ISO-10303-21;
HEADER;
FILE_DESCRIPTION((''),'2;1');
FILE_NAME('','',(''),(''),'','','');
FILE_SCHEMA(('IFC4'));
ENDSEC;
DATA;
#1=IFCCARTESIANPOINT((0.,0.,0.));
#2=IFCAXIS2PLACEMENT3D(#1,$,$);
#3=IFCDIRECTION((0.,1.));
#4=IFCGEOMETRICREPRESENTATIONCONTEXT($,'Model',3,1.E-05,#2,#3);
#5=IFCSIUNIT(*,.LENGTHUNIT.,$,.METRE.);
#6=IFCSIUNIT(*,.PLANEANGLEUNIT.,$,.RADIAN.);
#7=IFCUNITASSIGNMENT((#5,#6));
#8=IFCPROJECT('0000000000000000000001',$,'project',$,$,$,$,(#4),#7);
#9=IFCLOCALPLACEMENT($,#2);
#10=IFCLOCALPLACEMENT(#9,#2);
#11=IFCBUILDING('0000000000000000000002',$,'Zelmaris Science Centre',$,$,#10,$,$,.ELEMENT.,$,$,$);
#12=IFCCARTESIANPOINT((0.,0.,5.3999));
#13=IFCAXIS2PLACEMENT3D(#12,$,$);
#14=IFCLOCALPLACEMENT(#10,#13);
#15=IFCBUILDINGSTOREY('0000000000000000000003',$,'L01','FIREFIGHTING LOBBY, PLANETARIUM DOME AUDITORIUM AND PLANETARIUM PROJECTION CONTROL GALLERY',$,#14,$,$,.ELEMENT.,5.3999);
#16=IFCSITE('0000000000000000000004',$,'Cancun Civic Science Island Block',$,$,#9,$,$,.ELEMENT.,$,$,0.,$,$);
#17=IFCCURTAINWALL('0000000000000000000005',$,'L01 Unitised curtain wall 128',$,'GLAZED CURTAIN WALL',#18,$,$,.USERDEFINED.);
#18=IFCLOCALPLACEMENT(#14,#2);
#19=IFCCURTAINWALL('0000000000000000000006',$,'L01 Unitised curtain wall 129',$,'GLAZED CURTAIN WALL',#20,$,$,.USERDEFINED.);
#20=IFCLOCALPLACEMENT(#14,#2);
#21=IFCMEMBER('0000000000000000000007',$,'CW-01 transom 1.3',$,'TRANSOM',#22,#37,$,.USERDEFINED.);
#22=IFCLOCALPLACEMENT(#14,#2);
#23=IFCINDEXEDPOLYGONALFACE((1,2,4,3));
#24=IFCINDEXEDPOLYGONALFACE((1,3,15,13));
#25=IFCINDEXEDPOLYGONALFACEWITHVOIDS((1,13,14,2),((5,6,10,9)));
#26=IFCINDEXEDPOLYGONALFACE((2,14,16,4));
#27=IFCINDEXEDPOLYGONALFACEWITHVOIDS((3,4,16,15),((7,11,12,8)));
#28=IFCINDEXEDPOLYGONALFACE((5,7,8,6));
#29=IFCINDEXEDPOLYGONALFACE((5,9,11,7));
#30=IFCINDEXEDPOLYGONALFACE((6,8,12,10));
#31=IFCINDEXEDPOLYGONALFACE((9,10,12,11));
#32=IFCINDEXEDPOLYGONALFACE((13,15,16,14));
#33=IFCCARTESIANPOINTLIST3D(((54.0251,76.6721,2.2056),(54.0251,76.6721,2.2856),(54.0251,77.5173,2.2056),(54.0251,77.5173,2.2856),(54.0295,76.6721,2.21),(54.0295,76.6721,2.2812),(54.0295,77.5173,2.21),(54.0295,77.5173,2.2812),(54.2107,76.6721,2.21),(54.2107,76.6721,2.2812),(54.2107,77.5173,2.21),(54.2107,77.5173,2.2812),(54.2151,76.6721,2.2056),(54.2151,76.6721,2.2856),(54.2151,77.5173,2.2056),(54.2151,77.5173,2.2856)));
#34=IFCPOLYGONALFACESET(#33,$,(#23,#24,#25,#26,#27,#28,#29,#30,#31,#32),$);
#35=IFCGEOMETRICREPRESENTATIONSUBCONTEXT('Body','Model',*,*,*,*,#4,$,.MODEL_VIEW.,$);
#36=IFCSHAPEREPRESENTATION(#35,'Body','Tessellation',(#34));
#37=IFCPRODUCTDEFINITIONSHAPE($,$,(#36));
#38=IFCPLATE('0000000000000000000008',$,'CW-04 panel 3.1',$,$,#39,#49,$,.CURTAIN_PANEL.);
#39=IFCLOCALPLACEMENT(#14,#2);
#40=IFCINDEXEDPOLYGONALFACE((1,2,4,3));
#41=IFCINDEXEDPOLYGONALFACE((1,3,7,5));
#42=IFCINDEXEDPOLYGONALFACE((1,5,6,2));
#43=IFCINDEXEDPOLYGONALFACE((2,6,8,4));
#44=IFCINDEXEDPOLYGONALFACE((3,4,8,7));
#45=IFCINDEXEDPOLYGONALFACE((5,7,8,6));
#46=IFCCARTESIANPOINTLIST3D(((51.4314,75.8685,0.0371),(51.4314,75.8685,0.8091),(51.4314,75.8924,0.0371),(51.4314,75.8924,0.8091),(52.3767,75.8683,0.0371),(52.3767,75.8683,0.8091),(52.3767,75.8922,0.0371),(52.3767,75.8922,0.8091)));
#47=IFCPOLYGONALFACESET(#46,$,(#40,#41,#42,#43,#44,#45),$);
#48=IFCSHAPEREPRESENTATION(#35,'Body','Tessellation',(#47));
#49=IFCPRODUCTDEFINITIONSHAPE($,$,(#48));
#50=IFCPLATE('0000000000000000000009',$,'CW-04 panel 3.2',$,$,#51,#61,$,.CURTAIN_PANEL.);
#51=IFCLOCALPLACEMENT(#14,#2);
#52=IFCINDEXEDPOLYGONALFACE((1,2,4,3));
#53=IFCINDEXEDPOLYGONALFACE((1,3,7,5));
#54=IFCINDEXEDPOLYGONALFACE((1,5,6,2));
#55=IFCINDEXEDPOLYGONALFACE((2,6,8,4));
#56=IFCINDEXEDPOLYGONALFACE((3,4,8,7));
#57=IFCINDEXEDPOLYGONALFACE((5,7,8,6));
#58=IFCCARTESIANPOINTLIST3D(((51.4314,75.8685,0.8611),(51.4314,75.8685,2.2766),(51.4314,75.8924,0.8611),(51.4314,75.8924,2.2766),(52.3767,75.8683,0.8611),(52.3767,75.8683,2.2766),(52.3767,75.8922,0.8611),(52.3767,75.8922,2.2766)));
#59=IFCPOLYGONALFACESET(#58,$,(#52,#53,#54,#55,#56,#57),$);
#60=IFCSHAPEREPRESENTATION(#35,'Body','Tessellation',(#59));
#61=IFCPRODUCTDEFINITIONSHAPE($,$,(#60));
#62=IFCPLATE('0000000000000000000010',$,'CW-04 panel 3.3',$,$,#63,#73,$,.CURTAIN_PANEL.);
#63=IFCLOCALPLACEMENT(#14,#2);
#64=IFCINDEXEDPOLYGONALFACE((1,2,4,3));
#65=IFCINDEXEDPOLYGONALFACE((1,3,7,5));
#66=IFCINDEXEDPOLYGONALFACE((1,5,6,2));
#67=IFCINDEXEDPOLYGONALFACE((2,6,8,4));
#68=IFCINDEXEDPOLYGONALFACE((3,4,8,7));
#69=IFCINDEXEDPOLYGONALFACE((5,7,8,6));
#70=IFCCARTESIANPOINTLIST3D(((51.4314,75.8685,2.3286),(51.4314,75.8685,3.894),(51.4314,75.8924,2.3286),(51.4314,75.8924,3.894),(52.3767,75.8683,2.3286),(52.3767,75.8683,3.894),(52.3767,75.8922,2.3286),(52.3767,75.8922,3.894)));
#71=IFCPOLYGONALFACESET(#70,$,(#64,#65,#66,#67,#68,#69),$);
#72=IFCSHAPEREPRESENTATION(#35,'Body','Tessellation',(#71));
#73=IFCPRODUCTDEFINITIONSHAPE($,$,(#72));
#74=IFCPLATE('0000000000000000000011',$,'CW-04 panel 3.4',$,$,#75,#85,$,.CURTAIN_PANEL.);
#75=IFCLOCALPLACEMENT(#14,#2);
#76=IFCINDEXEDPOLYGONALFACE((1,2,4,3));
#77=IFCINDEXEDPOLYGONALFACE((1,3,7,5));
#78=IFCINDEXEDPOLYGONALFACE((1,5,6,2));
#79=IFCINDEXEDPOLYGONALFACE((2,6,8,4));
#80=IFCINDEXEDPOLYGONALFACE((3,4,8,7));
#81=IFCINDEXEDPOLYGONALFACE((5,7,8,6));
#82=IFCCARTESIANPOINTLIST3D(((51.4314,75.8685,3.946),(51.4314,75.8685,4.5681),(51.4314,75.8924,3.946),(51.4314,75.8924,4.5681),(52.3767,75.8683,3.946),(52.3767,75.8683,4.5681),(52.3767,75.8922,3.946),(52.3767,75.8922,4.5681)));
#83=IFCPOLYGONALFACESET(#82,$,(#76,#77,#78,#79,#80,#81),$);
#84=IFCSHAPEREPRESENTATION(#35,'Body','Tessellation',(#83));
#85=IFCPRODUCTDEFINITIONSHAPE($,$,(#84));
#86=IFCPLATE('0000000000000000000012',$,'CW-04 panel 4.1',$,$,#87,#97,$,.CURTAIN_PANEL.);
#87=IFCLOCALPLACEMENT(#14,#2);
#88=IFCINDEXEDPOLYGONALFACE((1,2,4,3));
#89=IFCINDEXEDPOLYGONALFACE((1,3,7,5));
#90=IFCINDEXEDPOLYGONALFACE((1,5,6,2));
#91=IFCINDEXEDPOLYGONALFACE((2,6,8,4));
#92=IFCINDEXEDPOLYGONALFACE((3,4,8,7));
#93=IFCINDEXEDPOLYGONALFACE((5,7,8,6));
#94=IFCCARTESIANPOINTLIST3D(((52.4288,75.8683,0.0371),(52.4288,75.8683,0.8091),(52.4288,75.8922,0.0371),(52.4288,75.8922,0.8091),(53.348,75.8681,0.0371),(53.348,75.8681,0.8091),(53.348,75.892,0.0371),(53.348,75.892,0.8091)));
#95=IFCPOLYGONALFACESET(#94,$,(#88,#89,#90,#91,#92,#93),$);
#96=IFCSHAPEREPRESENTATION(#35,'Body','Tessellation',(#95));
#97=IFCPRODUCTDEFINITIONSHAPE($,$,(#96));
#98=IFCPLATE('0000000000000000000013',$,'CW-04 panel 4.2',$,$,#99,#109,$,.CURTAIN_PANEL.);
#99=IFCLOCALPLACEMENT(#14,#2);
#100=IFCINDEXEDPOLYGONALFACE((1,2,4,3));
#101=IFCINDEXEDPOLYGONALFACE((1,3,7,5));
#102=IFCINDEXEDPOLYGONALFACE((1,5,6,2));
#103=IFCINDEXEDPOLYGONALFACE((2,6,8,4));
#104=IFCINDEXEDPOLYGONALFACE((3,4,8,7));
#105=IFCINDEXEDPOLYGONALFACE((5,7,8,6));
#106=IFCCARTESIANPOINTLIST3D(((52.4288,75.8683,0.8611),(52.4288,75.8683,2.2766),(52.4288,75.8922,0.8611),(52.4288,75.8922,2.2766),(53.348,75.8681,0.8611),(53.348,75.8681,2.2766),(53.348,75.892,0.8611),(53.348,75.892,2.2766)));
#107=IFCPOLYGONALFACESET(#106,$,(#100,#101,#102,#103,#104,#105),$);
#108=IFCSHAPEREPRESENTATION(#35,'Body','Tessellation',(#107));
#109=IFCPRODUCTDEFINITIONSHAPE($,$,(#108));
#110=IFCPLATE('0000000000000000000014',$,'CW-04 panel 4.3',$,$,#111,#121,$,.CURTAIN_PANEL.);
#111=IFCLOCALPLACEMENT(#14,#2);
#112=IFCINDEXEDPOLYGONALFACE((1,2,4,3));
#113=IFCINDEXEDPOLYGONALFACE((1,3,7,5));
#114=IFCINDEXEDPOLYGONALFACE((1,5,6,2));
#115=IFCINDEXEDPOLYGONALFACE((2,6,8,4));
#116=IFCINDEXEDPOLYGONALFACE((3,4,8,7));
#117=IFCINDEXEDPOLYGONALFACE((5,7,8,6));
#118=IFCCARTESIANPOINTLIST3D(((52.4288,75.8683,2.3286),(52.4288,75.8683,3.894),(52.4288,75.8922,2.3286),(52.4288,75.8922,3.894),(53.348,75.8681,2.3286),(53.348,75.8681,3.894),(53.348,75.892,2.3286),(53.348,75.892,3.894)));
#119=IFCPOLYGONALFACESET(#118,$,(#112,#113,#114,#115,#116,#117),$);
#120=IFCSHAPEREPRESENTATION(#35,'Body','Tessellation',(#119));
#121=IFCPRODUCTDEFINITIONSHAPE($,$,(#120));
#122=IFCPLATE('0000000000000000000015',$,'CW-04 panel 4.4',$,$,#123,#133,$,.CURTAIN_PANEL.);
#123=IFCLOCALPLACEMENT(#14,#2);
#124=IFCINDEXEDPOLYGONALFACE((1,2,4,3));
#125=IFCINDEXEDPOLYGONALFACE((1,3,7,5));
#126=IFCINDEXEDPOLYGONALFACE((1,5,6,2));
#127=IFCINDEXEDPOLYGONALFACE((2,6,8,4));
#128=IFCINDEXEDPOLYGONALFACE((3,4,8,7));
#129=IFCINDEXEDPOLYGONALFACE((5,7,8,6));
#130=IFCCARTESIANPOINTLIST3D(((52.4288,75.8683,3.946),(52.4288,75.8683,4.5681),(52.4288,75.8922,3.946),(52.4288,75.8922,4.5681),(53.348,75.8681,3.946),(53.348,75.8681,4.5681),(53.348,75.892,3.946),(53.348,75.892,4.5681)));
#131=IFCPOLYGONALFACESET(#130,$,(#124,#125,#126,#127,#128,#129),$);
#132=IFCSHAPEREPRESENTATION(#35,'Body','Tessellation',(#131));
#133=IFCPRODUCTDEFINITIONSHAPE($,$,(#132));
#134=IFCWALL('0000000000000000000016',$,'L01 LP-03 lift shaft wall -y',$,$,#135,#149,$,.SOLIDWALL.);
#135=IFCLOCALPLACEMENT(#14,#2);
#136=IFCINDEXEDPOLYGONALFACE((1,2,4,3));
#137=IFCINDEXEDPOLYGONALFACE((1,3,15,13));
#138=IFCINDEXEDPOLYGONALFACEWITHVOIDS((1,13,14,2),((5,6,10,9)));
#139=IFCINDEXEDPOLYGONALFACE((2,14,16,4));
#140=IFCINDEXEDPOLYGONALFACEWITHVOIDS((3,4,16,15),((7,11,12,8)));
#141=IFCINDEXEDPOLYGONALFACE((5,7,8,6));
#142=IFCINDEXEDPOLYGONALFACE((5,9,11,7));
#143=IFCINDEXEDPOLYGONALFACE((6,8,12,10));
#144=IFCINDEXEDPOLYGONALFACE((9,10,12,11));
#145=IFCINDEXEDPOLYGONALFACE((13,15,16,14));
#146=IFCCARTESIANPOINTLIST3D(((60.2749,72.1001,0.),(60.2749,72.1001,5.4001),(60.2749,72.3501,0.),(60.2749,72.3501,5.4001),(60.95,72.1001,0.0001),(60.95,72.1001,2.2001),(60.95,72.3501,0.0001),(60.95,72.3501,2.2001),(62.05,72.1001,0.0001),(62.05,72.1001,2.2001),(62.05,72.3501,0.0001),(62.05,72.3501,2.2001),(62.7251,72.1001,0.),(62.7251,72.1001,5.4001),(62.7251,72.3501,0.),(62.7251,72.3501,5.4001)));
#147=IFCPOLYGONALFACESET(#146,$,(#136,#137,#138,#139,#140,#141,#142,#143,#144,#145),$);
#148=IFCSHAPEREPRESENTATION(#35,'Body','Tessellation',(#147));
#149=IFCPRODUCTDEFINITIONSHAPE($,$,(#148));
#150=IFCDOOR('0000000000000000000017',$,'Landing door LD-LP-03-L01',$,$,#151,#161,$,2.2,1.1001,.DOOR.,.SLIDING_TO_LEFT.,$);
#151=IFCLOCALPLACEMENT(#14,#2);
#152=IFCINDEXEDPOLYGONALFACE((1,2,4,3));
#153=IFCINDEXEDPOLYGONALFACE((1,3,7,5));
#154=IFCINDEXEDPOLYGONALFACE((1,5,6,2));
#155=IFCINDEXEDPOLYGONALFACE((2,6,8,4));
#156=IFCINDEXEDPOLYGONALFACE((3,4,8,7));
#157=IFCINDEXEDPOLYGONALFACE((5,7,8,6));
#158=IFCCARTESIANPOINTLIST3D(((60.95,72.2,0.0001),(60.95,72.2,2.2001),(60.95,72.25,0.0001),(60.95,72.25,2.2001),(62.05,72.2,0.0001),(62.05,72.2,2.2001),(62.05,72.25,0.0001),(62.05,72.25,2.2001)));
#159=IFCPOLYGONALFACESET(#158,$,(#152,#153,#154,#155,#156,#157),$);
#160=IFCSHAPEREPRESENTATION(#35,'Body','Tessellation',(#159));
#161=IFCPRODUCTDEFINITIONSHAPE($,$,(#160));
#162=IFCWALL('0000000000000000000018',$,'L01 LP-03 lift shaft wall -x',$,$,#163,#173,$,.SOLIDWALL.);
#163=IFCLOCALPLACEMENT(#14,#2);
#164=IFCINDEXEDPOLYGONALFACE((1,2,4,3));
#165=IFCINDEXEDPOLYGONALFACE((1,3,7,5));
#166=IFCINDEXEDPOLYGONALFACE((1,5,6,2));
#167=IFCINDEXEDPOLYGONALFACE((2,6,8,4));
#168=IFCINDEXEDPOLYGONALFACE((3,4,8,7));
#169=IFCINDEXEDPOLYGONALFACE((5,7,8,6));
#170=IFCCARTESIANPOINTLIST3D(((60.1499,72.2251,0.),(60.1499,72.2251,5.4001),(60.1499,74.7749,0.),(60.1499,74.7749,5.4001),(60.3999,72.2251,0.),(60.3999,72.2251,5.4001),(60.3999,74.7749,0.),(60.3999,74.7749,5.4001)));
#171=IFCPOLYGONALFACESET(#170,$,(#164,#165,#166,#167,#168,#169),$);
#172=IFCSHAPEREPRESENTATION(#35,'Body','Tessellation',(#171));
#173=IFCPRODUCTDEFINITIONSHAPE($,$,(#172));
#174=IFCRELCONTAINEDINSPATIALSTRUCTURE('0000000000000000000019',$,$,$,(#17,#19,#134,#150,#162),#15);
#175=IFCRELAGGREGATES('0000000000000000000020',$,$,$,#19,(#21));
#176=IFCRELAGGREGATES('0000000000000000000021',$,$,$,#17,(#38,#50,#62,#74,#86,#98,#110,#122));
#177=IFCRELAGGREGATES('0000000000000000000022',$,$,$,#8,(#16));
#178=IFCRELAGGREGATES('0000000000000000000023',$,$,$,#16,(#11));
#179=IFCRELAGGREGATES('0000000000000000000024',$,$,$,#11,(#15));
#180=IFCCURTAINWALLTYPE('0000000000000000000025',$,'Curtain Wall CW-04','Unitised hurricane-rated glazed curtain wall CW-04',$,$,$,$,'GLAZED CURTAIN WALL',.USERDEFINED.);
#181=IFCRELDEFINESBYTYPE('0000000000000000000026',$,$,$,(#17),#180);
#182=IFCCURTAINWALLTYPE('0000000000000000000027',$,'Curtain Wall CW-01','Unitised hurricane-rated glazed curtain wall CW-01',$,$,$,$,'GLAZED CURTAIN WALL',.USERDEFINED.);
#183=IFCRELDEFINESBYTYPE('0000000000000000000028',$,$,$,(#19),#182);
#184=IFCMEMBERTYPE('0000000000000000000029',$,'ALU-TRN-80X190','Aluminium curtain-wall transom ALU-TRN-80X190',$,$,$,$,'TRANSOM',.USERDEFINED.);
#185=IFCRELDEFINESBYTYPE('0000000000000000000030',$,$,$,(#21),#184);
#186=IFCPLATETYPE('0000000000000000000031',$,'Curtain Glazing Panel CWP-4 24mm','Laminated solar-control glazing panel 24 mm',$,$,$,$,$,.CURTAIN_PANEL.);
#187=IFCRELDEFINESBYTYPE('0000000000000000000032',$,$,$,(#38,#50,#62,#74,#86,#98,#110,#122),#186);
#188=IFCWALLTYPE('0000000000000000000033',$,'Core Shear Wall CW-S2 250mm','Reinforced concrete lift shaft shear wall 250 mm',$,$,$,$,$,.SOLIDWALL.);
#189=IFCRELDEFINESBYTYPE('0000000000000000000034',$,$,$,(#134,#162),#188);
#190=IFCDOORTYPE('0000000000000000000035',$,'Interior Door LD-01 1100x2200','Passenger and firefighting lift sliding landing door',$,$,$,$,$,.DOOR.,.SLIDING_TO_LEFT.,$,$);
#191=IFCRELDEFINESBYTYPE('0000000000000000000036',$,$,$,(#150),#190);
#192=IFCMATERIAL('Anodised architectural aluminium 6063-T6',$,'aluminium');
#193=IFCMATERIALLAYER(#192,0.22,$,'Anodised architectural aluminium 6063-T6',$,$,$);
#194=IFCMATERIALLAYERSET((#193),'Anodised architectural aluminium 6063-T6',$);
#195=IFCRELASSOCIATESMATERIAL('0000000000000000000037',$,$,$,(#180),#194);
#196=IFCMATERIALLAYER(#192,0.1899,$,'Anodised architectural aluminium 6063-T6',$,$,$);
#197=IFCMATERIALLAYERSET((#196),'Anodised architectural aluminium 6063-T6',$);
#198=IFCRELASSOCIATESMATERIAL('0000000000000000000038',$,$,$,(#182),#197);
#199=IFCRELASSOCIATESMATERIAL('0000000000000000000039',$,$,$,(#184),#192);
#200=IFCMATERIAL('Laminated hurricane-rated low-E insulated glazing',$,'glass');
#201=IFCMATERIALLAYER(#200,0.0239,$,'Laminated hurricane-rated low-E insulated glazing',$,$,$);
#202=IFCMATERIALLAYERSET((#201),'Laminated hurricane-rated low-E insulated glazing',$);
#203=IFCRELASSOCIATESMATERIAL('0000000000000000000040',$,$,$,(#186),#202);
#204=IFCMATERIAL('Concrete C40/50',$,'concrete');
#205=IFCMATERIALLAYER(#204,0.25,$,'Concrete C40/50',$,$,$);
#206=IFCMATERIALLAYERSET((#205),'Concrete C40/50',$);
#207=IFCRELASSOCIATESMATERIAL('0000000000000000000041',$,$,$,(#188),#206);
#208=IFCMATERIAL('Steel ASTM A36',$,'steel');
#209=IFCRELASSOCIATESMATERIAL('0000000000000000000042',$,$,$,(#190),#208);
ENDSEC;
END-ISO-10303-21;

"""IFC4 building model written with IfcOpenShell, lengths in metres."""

from ifc_helpers import new_model, si_unit, direction, frame, frame_2d, origin, origin_2d, place, context, subcontext, project, spatial, rectangle, hollow_rectangle, extrude, material, layer, layer_set, material_profile, profile_set, type_object, element, fill, aggregate, save


model = new_model("IFC4")

# Units and contexts
model_context = context("Model", 3, precision=1e-05, world=origin(), true_north=direction((0.0, 1.0)))
body_context = subcontext(model_context, "Body", "Model", "MODEL_VIEW")
ifc_project = project(units=[si_unit("LENGTHUNIT", "METRE"), si_unit("PLANEANGLEUNIT", "RADIAN")], contexts=[model_context])

# Site, building, storey
site_placement = place(None, origin())
site = spatial("IfcSite", under=ifc_project, at=site_placement, Name="Cancun Civic Science Island Block", CompositionType="ELEMENT", RefElevation=0.0)
building_placement = place(site_placement, origin())
building = spatial("IfcBuilding", under=site, at=building_placement, Name="Zelmaris Science Centre", CompositionType="ELEMENT")
storey_placement = place(building_placement, frame((0.0, 0.0, 5.3999)))
storey = spatial("IfcBuildingStorey", under=building, at=storey_placement, Name="L01", Description="FIREFIGHTING LOBBY, PLANETARIUM DOME AUDITORIUM AND PLANETARIUM PROJECTION CONTROL GALLERY", CompositionType="ELEMENT", Elevation=5.3999)

# Curtain wall
ifc_material_1 = material(Name="Anodised architectural aluminium 6063-T6", Category="aluminium")
ifc_layer_1 = layer(ifc_material_1, 0.22, Name="Anodised architectural aluminium 6063-T6")
ifc_layer_set_1 = layer_set([ifc_layer_1], Name="Anodised architectural aluminium 6063-T6")
curtain_wall_type_1 = type_object("IfcCurtainWallType", Name="Curtain Wall CW-04", Description="Unitised hurricane-rated glazed curtain wall CW-04", ElementType="GLAZED CURTAIN WALL", PredefinedType="USERDEFINED", material=ifc_layer_set_1)
curtain_wall_1_placement = place(storey_placement, origin())
curtain_wall_1 = element("IfcCurtainWall", 1, at=curtain_wall_1_placement, inside=storey, type_object=curtain_wall_type_1, Name="L01 Unitised curtain wall 128", ObjectType="GLAZED CURTAIN WALL", PredefinedType="USERDEFINED")

# Curtain wall
ifc_layer_2 = layer(ifc_material_1, 0.1899, Name="Anodised architectural aluminium 6063-T6")
ifc_layer_set_2 = layer_set([ifc_layer_2], Name="Anodised architectural aluminium 6063-T6")
curtain_wall_type_2 = type_object("IfcCurtainWallType", Name="Curtain Wall CW-01", Description="Unitised hurricane-rated glazed curtain wall CW-01", ElementType="GLAZED CURTAIN WALL", PredefinedType="USERDEFINED", material=ifc_layer_set_2)
curtain_wall_2_placement = place(storey_placement, origin())
curtain_wall_2 = element("IfcCurtainWall", 2, at=curtain_wall_2_placement, inside=storey, type_object=curtain_wall_type_2, Name="L01 Unitised curtain wall 129", ObjectType="GLAZED CURTAIN WALL", PredefinedType="USERDEFINED")

# Member
ifc_material_profile_1 = material_profile(ifc_material_1, hollow_rectangle(XDim=0.0801, YDim=0.1899, WallThickness=0.0044, at=origin_2d()), Name="ALU-TRN-80X190")
ifc_profile_set_1 = profile_set([ifc_material_profile_1], Name="Anodised architectural aluminium 6063-T6")
member_type_1 = type_object("IfcMemberType", Name="ALU-TRN-80X190", Description="Aluminium curtain-wall transom ALU-TRN-80X190", ElementType="TRANSOM", PredefinedType="USERDEFINED", material=ifc_profile_set_1)
member_1_placement = place(storey_placement, frame((54.1201, 76.6721, 2.2456), z_axis=(0.0, 1.0, 0.0), x_axis=(0.0, 0.0, 1.0)))
member_1 = element("IfcMember", 3, at=member_1_placement, type_object=member_type_1, Name="CW-01 transom 1.3", ObjectType="TRANSOM", PredefinedType="USERDEFINED", context=body_context, shape_type="SweptSolid", body=[
    extrude(hollow_rectangle(XDim=0.0801, YDim=0.1899, WallThickness=0.0044, at=origin_2d()), origin(), (0.0, 0.0, 1.0), 0.8452),
])
aggregate(curtain_wall_2, [member_1])

# Plates
ifc_material_2 = material(Name="Laminated hurricane-rated low-E insulated glazing", Category="glass")
ifc_layer_3 = layer(ifc_material_2, 0.0239, Name="Laminated hurricane-rated low-E insulated glazing")
ifc_layer_set_3 = layer_set([ifc_layer_3], Name="Laminated hurricane-rated low-E insulated glazing")
plate_type = type_object("IfcPlateType", Name="Curtain Glazing Panel CWP-4 24mm", Description="Laminated solar-control glazing panel 24 mm", PredefinedType="CURTAIN_PANEL", material=ifc_layer_set_3)
plate_1_placement = place(storey_placement, frame((51.9041, 75.8804, 0.0371), z_axis=(0.0, 0.0, 1.0), x_axis=(1.0, -0.000201, 0.0)))
plate_1 = element("IfcPlate", 4, at=plate_1_placement, type_object=plate_type, Name="CW-04 panel 3.1", PredefinedType="CURTAIN_PANEL", context=body_context, shape_type="SweptSolid", body=[
    extrude(rectangle(XDim=0.9453, YDim=0.0239, at=origin_2d()), origin(), (0.0, 0.0, 1.0), 0.772),
])
plate_2_placement = place(storey_placement, frame((51.9041, 75.8804, 0.8611), z_axis=(0.0, 0.0, 1.0), x_axis=(1.0, -0.000201, 0.0)))
plate_2 = element("IfcPlate", 5, at=plate_2_placement, type_object=plate_type, Name="CW-04 panel 3.2", PredefinedType="CURTAIN_PANEL", context=body_context, shape_type="SweptSolid", body=[
    extrude(rectangle(XDim=0.9453, YDim=0.0239, at=origin_2d()), origin(), (0.0, 0.0, 1.0), 1.4155),
])
plate_3_placement = place(storey_placement, frame((51.9041, 75.8804, 2.3286), z_axis=(0.0, 0.0, 1.0), x_axis=(1.0, -0.000201, 0.0)))
plate_3 = element("IfcPlate", 6, at=plate_3_placement, type_object=plate_type, Name="CW-04 panel 3.3", PredefinedType="CURTAIN_PANEL", context=body_context, shape_type="SweptSolid", body=[
    extrude(rectangle(XDim=0.9453, YDim=0.0239, at=origin_2d()), origin(), (0.0, 0.0, 1.0), 1.5654),
])
plate_4_placement = place(storey_placement, frame((51.9041, 75.8804, 3.946), z_axis=(0.0, 0.0, 1.0), x_axis=(1.0, -0.000201, 0.0)))
plate_4 = element("IfcPlate", 7, at=plate_4_placement, type_object=plate_type, Name="CW-04 panel 3.4", PredefinedType="CURTAIN_PANEL", context=body_context, shape_type="SweptSolid", body=[
    extrude(rectangle(XDim=0.9453, YDim=0.0239, at=origin_2d()), origin(), (0.0, 0.0, 1.0), 0.6221),
])
plate_5_placement = place(storey_placement, frame((52.8884, 75.8801, 0.0371), z_axis=(0.0, 0.0, 1.0), x_axis=(1.0, -0.000201, 0.0)))
plate_5 = element("IfcPlate", 8, at=plate_5_placement, type_object=plate_type, Name="CW-04 panel 4.1", PredefinedType="CURTAIN_PANEL", context=body_context, shape_type="SweptSolid", body=[
    extrude(rectangle(XDim=0.9192, YDim=0.0239, at=origin_2d()), origin(), (0.0, 0.0, 1.0), 0.772),
])
plate_6_placement = place(storey_placement, frame((52.8884, 75.8801, 0.8611), z_axis=(0.0, 0.0, 1.0), x_axis=(1.0, -0.000201, 0.0)))
plate_6 = element("IfcPlate", 9, at=plate_6_placement, type_object=plate_type, Name="CW-04 panel 4.2", PredefinedType="CURTAIN_PANEL", context=body_context, shape_type="SweptSolid", body=[
    extrude(rectangle(XDim=0.9192, YDim=0.0239, at=origin_2d()), origin(), (0.0, 0.0, 1.0), 1.4155),
])
plate_7_placement = place(storey_placement, frame((52.8884, 75.8801, 2.3286), z_axis=(0.0, 0.0, 1.0), x_axis=(1.0, -0.000201, 0.0)))
plate_7 = element("IfcPlate", 10, at=plate_7_placement, type_object=plate_type, Name="CW-04 panel 4.3", PredefinedType="CURTAIN_PANEL", context=body_context, shape_type="SweptSolid", body=[
    extrude(rectangle(XDim=0.9192, YDim=0.0239, at=origin_2d()), origin(), (0.0, 0.0, 1.0), 1.5654),
])
plate_8_placement = place(storey_placement, frame((52.8884, 75.8801, 3.946), z_axis=(0.0, 0.0, 1.0), x_axis=(1.0, -0.000201, 0.0)))
plate_8 = element("IfcPlate", 11, at=plate_8_placement, type_object=plate_type, Name="CW-04 panel 4.4", PredefinedType="CURTAIN_PANEL", context=body_context, shape_type="SweptSolid", body=[
    extrude(rectangle(XDim=0.9192, YDim=0.0239, at=origin_2d()), origin(), (0.0, 0.0, 1.0), 0.6221),
])
aggregate(curtain_wall_1, [plate_1, plate_2, plate_3, plate_4, plate_5, plate_6, plate_7, plate_8])

# Wall, opening, door
ifc_material_3 = material(Name="Concrete C40/50", Category="concrete")
ifc_layer_4 = layer(ifc_material_3, 0.25, Name="Concrete C40/50")
ifc_layer_set_4 = layer_set([ifc_layer_4], Name="Concrete C40/50")
wall_type = type_object("IfcWallType", Name="Core Shear Wall CW-S2 250mm", Description="Reinforced concrete lift shaft shear wall 250 mm", PredefinedType="SOLIDWALL", material=ifc_layer_set_4)
wall_1_placement = place(storey_placement, frame((60.2749, 72.2251, 0.0), z_axis=(0.0, 0.0, 1.0), x_axis=(1.0, 0.0, 0.0)))
wall_1 = element("IfcWall", 12, at=wall_1_placement, inside=storey, type_object=wall_type, Name="L01 LP-03 lift shaft wall -y", PredefinedType="SOLIDWALL", context=body_context, shape_type="SweptSolid", body=[
    extrude(rectangle(XDim=2.4502, YDim=0.25, at=frame_2d((1.2251, 0.0))), origin(), (0.0, 0.0, 1.0), 5.4001),
])
opening_placement = place(wall_1_placement, frame((0.675, 0.0, 0.0)))
opening = element("IfcOpeningElement", 13, at=opening_placement, cuts=wall_1, PredefinedType="OPENING", context=body_context, shape_type="SweptSolid", body=[
    extrude(rectangle(XDim=1.1001, YDim=2.2, at=frame_2d((0.55, 1.1001))), frame((0.0, 0.135, 0.0), z_axis=(0.0, -1.0, 0.0), x_axis=(1.0, 0.0, 0.0)), (0.0, 0.0, 1.0), 0.27),
])
ifc_material_4 = material(Name="Steel ASTM A36", Category="steel")
door_type = type_object("IfcDoorType", Name="Interior Door LD-01 1100x2200", Description="Passenger and firefighting lift sliding landing door", OperationType="SLIDING_TO_LEFT", PredefinedType="DOOR", material=ifc_material_4)
door_placement = place(opening_placement, origin())
door = element("IfcDoor", 14, at=door_placement, inside=storey, type_object=door_type, Name="Landing door LD-LP-03-L01", OperationType="SLIDING_TO_LEFT", OverallHeight=2.2, OverallWidth=1.1001, PredefinedType="DOOR", context=body_context, shape_type="SweptSolid", body=[
    extrude(rectangle(XDim=1.1001, YDim=2.2, at=frame_2d((0.55, 1.1001))), frame((0.0, 0.0249, 0.0), z_axis=(0.0, -1.0, 0.0), x_axis=(1.0, 0.0, 0.0)), (0.0, 0.0, 1.0), 0.05),
])
fill(opening, door)

# Wall
wall_2_placement = place(storey_placement, frame((60.2749, 74.7749, 0.0), z_axis=(0.0, 0.0, 1.0), x_axis=(0.0, -1.0, 0.0)))
element("IfcWall", 15, at=wall_2_placement, inside=storey, type_object=wall_type, Name="L01 LP-03 lift shaft wall -x", PredefinedType="SOLIDWALL", context=body_context, shape_type="SweptSolid", body=[
    extrude(rectangle(XDim=2.5498, YDim=0.25, at=frame_2d((1.2749, 0.0))), origin(), (0.0, 0.0, 1.0), 5.4001),
])

save(model, "model.ifc")
